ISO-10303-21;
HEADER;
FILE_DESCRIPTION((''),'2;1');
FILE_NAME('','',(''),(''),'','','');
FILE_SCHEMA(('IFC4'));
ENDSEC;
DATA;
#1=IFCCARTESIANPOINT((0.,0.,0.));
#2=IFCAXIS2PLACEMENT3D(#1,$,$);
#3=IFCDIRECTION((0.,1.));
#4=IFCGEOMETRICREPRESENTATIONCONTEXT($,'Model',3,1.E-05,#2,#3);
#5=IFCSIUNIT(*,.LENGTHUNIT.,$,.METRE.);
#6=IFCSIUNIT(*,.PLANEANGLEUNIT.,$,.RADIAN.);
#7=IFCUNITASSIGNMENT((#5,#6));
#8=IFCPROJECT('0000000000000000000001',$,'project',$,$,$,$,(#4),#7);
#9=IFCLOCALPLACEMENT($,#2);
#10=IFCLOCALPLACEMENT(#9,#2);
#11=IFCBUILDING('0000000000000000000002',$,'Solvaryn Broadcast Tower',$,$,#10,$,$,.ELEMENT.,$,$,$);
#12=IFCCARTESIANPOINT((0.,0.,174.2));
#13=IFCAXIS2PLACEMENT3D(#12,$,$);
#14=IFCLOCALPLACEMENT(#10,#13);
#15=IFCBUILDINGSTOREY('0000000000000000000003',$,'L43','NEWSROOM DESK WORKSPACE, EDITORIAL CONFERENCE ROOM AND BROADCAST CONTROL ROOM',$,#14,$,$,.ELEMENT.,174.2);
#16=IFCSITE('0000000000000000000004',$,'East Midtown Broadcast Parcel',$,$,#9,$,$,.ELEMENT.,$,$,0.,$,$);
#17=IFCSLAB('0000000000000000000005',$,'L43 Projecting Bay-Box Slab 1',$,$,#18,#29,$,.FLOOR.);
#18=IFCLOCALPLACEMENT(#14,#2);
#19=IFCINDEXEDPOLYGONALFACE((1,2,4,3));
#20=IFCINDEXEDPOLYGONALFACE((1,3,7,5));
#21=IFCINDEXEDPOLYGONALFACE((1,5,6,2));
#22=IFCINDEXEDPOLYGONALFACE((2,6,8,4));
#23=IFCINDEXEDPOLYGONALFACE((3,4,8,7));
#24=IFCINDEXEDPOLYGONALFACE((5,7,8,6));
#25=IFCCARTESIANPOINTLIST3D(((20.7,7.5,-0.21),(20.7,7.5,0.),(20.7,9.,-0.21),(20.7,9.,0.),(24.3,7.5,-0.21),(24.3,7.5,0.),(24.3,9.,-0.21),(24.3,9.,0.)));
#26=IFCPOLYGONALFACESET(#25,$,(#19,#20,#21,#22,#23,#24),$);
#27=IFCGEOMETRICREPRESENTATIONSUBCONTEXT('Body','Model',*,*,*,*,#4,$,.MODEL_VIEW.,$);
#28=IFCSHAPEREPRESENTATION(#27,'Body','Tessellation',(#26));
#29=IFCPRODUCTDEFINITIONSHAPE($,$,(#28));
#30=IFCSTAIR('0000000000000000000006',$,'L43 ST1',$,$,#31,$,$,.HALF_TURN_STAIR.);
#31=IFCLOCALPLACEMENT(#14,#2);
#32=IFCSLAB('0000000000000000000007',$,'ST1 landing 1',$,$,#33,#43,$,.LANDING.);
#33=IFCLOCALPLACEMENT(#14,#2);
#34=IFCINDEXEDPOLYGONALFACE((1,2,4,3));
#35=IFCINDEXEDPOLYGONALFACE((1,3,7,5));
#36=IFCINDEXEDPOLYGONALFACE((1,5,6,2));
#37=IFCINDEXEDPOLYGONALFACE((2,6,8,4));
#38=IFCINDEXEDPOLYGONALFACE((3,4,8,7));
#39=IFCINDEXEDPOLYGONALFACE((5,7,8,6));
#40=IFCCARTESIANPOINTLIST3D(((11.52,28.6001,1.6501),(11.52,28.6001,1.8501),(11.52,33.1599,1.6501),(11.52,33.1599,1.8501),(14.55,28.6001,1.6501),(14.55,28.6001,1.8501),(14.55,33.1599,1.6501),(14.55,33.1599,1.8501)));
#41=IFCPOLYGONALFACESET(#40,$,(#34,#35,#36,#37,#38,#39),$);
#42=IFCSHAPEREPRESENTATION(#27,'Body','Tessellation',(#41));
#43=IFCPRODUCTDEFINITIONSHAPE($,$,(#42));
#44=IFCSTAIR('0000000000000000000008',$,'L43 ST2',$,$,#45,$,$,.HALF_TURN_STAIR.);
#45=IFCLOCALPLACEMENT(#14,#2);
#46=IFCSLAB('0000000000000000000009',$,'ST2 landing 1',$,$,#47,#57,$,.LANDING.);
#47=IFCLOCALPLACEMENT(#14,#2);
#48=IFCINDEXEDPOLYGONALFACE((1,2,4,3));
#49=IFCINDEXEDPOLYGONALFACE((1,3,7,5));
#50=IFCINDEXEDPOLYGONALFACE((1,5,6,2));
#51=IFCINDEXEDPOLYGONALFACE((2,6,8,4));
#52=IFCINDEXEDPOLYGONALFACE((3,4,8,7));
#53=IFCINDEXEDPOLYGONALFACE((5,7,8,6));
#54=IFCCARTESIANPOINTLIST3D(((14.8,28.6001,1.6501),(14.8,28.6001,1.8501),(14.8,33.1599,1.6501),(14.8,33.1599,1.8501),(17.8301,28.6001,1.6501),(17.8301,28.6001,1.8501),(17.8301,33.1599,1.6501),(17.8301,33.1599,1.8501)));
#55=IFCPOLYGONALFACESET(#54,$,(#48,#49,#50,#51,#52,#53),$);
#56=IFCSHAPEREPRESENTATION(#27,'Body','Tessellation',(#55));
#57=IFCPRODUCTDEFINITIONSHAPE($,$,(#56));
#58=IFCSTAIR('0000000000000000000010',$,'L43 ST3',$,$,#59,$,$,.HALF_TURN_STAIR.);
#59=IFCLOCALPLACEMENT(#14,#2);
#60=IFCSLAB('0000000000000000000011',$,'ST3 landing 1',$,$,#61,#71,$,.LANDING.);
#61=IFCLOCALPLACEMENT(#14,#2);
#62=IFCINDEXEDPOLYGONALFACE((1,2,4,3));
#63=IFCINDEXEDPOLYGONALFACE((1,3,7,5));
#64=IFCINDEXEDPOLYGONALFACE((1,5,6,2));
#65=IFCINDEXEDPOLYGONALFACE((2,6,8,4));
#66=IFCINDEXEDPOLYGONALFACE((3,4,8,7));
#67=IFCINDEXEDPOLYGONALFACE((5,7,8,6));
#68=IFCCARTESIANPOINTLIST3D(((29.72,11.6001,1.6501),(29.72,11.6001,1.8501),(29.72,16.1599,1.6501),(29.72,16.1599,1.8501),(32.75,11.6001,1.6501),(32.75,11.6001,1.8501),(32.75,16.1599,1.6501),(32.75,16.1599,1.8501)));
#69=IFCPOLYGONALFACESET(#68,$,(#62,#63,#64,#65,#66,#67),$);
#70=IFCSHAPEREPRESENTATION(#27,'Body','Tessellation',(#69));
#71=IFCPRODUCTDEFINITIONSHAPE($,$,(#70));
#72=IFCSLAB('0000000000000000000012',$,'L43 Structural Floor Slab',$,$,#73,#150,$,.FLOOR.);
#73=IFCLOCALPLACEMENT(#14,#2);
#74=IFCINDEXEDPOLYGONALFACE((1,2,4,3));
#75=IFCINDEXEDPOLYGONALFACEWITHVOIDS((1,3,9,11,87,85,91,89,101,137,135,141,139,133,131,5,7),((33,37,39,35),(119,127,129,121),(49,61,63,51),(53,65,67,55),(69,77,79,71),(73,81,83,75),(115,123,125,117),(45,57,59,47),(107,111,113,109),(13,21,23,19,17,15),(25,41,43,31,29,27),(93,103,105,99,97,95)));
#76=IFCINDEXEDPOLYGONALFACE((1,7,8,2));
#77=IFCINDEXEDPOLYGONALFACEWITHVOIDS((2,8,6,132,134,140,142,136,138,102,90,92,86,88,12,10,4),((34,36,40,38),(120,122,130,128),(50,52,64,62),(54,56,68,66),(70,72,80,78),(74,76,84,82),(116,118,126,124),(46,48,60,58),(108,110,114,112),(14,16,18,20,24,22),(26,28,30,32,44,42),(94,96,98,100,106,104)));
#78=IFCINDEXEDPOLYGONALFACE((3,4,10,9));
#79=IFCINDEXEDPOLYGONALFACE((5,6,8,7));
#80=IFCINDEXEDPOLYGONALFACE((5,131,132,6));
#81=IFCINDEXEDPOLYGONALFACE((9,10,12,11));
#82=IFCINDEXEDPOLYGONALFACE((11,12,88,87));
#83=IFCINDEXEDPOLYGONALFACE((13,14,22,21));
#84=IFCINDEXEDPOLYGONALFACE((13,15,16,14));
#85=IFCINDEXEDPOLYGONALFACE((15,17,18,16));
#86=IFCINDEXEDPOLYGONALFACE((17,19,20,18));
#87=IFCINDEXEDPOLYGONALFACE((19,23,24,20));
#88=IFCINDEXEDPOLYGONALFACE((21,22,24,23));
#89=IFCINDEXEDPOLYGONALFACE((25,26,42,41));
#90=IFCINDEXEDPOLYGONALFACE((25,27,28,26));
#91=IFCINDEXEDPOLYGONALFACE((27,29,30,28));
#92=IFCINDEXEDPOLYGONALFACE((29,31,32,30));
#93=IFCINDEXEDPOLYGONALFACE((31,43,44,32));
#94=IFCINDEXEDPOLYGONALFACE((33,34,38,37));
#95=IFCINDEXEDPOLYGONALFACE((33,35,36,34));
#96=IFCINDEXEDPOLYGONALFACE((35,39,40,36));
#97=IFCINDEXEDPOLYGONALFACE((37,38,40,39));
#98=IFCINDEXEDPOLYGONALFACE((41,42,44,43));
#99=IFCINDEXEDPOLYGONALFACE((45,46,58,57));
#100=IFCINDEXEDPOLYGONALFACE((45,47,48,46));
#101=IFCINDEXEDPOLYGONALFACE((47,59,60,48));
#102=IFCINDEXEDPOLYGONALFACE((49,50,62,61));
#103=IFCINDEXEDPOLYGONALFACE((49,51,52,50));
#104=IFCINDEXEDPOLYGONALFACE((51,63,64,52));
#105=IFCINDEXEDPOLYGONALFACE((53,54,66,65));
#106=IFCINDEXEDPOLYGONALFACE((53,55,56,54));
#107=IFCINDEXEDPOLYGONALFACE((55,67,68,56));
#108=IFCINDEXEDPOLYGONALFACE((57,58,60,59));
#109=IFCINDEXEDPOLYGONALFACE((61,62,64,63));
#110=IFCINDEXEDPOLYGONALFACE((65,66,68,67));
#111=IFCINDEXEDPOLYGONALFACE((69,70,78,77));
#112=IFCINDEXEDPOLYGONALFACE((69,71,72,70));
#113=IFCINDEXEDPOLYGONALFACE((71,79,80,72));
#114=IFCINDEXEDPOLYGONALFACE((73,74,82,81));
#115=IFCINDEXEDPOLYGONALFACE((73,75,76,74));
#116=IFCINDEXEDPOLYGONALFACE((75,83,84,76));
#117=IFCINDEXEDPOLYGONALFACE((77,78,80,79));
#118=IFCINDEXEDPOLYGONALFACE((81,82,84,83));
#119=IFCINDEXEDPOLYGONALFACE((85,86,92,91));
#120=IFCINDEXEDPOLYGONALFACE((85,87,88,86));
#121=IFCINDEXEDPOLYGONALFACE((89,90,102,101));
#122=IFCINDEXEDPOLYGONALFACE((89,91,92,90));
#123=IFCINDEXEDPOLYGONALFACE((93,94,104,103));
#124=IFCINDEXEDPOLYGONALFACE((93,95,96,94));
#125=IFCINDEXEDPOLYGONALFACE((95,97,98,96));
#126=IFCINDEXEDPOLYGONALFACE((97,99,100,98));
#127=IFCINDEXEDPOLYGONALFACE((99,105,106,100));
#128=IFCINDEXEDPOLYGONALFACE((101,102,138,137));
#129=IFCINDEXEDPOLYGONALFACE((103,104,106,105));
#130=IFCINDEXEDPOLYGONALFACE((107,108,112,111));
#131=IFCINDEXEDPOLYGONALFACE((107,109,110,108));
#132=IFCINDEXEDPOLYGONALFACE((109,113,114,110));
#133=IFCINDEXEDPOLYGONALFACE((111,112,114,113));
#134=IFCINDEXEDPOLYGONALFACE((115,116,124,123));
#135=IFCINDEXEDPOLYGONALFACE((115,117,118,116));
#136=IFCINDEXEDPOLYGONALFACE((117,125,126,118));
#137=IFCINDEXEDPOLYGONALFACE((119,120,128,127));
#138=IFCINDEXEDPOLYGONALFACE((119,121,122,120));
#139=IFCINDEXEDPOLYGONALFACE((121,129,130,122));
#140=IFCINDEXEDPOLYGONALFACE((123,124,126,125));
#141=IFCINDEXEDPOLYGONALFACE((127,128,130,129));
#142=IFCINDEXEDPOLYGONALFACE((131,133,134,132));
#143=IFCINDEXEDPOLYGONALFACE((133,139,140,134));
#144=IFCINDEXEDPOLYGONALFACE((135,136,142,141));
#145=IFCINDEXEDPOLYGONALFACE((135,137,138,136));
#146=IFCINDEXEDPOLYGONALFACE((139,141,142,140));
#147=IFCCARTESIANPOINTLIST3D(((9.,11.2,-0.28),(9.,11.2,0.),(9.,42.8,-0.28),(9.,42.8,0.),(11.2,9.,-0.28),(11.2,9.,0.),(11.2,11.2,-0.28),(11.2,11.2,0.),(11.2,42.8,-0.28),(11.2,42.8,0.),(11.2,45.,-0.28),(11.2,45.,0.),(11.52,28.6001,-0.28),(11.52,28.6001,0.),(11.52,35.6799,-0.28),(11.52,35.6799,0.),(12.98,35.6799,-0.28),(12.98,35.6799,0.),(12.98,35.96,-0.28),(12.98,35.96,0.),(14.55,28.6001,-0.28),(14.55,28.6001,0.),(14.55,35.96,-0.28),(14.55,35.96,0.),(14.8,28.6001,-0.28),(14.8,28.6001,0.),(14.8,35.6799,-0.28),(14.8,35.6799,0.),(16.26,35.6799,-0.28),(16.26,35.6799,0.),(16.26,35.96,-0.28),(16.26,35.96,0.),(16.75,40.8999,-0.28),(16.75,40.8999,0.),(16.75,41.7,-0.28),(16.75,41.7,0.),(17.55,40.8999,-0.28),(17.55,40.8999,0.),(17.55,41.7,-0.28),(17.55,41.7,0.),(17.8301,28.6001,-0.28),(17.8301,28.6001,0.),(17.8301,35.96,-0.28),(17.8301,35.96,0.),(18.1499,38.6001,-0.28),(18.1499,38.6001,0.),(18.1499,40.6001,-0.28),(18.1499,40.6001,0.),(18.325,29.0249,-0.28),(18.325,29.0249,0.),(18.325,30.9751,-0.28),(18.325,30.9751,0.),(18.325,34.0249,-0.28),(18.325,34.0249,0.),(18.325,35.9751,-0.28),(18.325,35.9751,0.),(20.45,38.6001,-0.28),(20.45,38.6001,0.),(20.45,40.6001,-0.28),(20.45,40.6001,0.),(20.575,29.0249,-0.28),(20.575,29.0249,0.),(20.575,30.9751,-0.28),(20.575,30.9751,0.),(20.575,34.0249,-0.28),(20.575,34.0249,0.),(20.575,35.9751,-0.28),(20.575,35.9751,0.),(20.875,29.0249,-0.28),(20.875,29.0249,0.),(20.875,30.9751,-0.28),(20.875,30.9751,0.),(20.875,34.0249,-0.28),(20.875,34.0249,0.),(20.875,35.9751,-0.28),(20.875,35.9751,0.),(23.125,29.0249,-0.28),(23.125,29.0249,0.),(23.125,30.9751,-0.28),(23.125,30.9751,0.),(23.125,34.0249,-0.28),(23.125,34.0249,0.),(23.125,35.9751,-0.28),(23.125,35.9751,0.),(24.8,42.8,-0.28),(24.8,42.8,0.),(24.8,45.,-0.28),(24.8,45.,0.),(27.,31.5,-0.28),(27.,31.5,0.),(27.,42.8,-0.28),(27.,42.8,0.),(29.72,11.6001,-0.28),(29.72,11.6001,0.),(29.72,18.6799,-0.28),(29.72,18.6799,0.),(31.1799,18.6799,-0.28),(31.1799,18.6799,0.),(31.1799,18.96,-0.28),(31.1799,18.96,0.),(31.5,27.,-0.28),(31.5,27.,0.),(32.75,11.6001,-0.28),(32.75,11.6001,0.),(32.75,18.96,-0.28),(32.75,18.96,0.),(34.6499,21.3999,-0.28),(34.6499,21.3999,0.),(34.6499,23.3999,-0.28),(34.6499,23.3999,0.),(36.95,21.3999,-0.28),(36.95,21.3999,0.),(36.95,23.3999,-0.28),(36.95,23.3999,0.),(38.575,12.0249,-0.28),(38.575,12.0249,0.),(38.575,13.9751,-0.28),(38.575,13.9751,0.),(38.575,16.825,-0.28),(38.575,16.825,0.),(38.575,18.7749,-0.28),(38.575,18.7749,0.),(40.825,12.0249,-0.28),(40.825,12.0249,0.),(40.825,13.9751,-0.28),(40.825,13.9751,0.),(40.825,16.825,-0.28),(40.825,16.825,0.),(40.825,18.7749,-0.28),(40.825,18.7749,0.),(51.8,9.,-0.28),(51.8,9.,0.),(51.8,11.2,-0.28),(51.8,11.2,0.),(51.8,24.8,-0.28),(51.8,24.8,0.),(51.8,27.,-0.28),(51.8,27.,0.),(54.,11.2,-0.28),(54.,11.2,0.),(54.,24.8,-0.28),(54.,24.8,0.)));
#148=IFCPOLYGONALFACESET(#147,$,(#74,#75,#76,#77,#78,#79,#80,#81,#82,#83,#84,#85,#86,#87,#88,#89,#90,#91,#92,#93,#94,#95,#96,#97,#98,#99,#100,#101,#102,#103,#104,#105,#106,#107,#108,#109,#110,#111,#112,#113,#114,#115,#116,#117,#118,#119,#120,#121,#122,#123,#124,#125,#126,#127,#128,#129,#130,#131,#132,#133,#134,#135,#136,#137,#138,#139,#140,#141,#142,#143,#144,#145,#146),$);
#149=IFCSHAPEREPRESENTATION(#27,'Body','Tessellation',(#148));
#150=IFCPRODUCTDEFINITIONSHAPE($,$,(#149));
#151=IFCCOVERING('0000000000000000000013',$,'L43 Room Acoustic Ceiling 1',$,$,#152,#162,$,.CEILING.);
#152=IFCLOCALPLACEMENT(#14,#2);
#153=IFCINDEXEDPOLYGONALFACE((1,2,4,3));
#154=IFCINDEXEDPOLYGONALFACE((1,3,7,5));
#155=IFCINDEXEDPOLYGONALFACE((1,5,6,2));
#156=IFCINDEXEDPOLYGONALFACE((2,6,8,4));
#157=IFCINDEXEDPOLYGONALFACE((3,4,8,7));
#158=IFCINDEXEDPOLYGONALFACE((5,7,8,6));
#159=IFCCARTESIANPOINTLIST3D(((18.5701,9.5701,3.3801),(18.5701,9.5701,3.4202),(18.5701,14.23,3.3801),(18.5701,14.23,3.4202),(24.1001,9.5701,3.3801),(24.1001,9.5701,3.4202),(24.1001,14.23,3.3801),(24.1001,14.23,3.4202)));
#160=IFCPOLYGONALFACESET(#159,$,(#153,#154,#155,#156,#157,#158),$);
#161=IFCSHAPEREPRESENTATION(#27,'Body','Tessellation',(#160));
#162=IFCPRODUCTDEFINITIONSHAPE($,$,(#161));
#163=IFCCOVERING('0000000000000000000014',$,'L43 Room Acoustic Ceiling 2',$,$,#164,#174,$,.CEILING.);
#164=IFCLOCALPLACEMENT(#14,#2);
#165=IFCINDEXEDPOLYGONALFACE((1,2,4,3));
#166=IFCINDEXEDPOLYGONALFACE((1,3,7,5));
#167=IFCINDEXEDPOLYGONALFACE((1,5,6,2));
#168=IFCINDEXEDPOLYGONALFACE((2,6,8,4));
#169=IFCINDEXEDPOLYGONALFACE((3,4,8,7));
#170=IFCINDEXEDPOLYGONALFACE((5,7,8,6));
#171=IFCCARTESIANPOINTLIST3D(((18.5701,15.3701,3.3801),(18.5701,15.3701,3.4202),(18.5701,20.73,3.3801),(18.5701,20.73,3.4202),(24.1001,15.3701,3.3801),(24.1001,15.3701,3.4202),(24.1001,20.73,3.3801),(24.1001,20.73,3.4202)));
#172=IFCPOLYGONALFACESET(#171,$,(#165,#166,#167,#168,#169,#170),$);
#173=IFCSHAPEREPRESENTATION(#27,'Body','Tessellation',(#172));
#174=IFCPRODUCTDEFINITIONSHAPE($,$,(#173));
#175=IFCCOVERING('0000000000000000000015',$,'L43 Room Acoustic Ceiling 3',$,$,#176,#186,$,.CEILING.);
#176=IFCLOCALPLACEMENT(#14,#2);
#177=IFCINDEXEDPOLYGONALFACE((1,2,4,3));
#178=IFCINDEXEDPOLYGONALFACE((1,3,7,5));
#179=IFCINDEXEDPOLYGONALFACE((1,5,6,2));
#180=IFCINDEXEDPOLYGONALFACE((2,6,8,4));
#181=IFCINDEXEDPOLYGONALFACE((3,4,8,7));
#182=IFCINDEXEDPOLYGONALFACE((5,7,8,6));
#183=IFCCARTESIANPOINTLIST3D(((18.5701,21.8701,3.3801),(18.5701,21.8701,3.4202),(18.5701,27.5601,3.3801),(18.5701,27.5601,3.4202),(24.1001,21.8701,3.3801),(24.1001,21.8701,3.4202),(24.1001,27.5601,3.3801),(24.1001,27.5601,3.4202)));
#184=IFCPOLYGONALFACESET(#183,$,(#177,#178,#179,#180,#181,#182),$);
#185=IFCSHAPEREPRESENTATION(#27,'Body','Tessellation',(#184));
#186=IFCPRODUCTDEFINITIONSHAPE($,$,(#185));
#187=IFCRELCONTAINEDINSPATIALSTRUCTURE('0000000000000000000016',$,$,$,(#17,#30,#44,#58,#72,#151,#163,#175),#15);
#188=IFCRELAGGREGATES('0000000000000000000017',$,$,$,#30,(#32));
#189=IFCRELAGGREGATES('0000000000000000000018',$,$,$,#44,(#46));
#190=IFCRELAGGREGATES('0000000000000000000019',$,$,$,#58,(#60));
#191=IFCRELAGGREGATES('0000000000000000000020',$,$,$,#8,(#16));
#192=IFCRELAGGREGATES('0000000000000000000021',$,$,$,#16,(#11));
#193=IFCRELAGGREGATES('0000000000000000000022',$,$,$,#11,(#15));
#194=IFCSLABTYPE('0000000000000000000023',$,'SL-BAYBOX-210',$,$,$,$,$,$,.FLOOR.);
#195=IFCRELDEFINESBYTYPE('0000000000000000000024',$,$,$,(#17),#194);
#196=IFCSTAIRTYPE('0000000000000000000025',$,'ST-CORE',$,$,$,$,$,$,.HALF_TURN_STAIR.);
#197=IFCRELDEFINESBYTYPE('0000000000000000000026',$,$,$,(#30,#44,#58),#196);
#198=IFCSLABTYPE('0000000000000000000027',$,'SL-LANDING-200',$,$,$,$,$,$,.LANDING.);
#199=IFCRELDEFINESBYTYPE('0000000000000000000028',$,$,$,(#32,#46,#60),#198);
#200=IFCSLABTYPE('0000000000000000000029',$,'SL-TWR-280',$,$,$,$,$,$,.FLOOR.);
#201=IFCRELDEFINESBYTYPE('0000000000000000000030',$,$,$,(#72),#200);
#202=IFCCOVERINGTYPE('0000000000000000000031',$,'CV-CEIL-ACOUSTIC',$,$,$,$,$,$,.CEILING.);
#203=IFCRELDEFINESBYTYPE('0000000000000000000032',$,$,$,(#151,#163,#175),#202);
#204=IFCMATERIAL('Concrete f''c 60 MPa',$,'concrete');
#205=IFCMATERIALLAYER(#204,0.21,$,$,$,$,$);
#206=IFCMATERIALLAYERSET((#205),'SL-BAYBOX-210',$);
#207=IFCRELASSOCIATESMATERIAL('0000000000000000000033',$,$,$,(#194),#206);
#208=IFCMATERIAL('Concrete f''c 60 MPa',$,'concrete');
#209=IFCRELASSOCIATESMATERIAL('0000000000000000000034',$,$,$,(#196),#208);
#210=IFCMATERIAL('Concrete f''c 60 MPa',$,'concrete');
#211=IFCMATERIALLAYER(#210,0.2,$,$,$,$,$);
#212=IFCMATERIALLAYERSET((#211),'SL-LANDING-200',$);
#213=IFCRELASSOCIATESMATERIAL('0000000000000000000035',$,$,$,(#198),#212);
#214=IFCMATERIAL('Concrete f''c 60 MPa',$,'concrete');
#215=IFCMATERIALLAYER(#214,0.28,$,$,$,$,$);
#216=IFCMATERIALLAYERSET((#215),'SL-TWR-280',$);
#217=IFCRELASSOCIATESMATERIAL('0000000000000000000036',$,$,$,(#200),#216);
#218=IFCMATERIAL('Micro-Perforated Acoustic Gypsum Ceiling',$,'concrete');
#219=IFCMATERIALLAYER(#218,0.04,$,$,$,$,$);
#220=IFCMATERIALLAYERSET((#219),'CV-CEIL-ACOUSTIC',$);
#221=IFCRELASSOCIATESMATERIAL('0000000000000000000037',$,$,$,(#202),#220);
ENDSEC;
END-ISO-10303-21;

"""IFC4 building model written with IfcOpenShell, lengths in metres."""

from ifc_helpers import new_model, si_unit, direction, frame, origin, place, context, subcontext, project, spatial, polyline, outline, extrude, material, layer, layer_set, type_object, element, aggregate, save


model = new_model("IFC4")

# Units and contexts
model_context = context("Model", 3, precision=1e-05, world=origin(), true_north=direction((0.0, 1.0)))
body_context = subcontext(model_context, "Body", "Model", "MODEL_VIEW")
ifc_project = project(units=[si_unit("LENGTHUNIT", "METRE"), si_unit("PLANEANGLEUNIT", "RADIAN")], contexts=[model_context])

# Site, building, storey
site_placement = place(None, origin())
site = spatial("IfcSite", under=ifc_project, at=site_placement, Name="East Midtown Broadcast Parcel", CompositionType="ELEMENT", RefElevation=0.0)
building_placement = place(site_placement, origin())
building = spatial("IfcBuilding", under=site, at=building_placement, Name="Solvaryn Broadcast Tower", CompositionType="ELEMENT")
storey_placement = place(building_placement, frame((0.0, 0.0, 174.2)))
storey = spatial("IfcBuildingStorey", under=building, at=storey_placement, Name="L43", Description="NEWSROOM DESK WORKSPACE, EDITORIAL CONFERENCE ROOM AND BROADCAST CONTROL ROOM", CompositionType="ELEMENT", Elevation=174.2)

# Slab
ifc_material_1 = material(Name="Concrete f'c 60 MPa", Category="concrete")
ifc_layer_1 = layer(ifc_material_1, 0.21)
ifc_layer_set_1 = layer_set([ifc_layer_1], Name="SL-BAYBOX-210")
slab_type_1 = type_object("IfcSlabType", Name="SL-BAYBOX-210", PredefinedType="FLOOR", material=ifc_layer_set_1)
slab_1_placement = place(storey_placement, frame((0.0, 0.0, -0.21)))
element("IfcSlab", 1, at=slab_1_placement, inside=storey, type_object=slab_type_1, Name="L43 Projecting Bay-Box Slab 1", PredefinedType="FLOOR", context=body_context, shape_type="SweptSolid", body=[
    extrude(outline(polyline([(20.7, 7.5), (24.3, 7.5), (24.3, 9.0), (20.7, 9.0), (20.7, 7.5)])), origin(), (0.0, 0.0, 1.0), 0.21),
])

# Stairs, slabs
ifc_material_2 = material(Name="Concrete f'c 60 MPa", Category="concrete")
stair_type = type_object("IfcStairType", Name="ST-CORE", PredefinedType="HALF_TURN_STAIR", material=ifc_material_2)
stair_1_placement = place(storey_placement, origin())
stair_1 = element("IfcStair", 2, at=stair_1_placement, inside=storey, type_object=stair_type, Name="L43 ST1", PredefinedType="HALF_TURN_STAIR")
ifc_material_3 = material(Name="Concrete f'c 60 MPa", Category="concrete")
ifc_layer_2 = layer(ifc_material_3, 0.2)
ifc_layer_set_2 = layer_set([ifc_layer_2], Name="SL-LANDING-200")
slab_type_2 = type_object("IfcSlabType", Name="SL-LANDING-200", PredefinedType="LANDING", material=ifc_layer_set_2)
slab_2_placement = place(storey_placement, frame((0.0, 0.0, 1.6501)))
slab_2 = element("IfcSlab", 3, at=slab_2_placement, type_object=slab_type_2, Name="ST1 landing 1", PredefinedType="LANDING", context=body_context, shape_type="SweptSolid", body=[
    extrude(outline(polyline([(11.52, 33.1599), (11.52, 28.6001), (14.55, 28.6001), (14.55, 33.1599), (11.52, 33.1599)])), origin(), (0.0, 0.0, 1.0), 0.2),
])
aggregate(stair_1, [slab_2])
stair_2_placement = place(storey_placement, origin())
stair_2 = element("IfcStair", 4, at=stair_2_placement, inside=storey, type_object=stair_type, Name="L43 ST2", PredefinedType="HALF_TURN_STAIR")
slab_3_placement = place(storey_placement, frame((0.0, 0.0, 1.6501)))
slab_3 = element("IfcSlab", 5, at=slab_3_placement, type_object=slab_type_2, Name="ST2 landing 1", PredefinedType="LANDING", context=body_context, shape_type="SweptSolid", body=[
    extrude(outline(polyline([(14.8, 33.1599), (14.8, 28.6001), (17.8301, 28.6001), (17.8301, 33.1599), (14.8, 33.1599)])), origin(), (0.0, 0.0, 1.0), 0.2),
])
aggregate(stair_2, [slab_3])
stair_3_placement = place(storey_placement, origin())
stair_3 = element("IfcStair", 6, at=stair_3_placement, inside=storey, type_object=stair_type, Name="L43 ST3", PredefinedType="HALF_TURN_STAIR")
slab_4_placement = place(storey_placement, frame((0.0, 0.0, 1.6501)))
slab_4 = element("IfcSlab", 7, at=slab_4_placement, type_object=slab_type_2, Name="ST3 landing 1", PredefinedType="LANDING", context=body_context, shape_type="SweptSolid", body=[
    extrude(outline(polyline([(29.72, 16.1599), (29.72, 11.6001), (32.75, 11.6001), (32.75, 16.1599), (29.72, 16.1599)])), origin(), (0.0, 0.0, 1.0), 0.2),
])
aggregate(stair_3, [slab_4])

# Slab
ifc_material_4 = material(Name="Concrete f'c 60 MPa", Category="concrete")
ifc_layer_3 = layer(ifc_material_4, 0.28)
ifc_layer_set_3 = layer_set([ifc_layer_3], Name="SL-TWR-280")
slab_type_3 = type_object("IfcSlabType", Name="SL-TWR-280", PredefinedType="FLOOR", material=ifc_layer_set_3)
slab_5_placement = place(storey_placement, frame((0.0, 0.0, -0.28)))
element("IfcSlab", 8, at=slab_5_placement, inside=storey, type_object=slab_type_3, Name="L43 Structural Floor Slab", PredefinedType="FLOOR", context=body_context, shape_type="SweptSolid", body=[
    extrude(outline(polyline([(11.2, 9.0), (51.8, 9.0), (51.8, 11.2), (54.0, 11.2), (54.0, 24.8), (51.8, 24.8), (51.8, 27.0), (31.5, 27.0), (27.0, 31.5), (27.0, 42.8), (24.8, 42.8), (24.8, 45.0), (11.2, 45.0), (11.2, 42.8), (9.0, 42.8), (9.0, 11.2), (11.2, 11.2), (11.2, 9.0)]), holes=[polyline([(11.52, 28.6001), (14.55, 28.6001), (14.55, 35.96), (12.98, 35.96), (12.98, 35.6799), (11.52, 35.6799), (11.52, 28.6001)]), polyline([(14.8, 28.6001), (17.8301, 28.6001), (17.8301, 35.96), (16.26, 35.96), (16.26, 35.6799), (14.8, 35.6799), (14.8, 28.6001)]), polyline([(29.72, 11.6001), (32.75, 11.6001), (32.75, 18.96), (31.1799, 18.96), (31.1799, 18.6799), (29.72, 18.6799), (29.72, 11.6001)]), polyline([(18.1499, 38.6001), (20.45, 38.6001), (20.45, 40.6001), (18.1499, 40.6001), (18.1499, 38.6001)]), polyline([(18.325, 29.0249), (20.575, 29.0249), (20.575, 30.9751), (18.325, 30.9751), (18.325, 29.0249)]), polyline([(20.875, 29.0249), (23.125, 29.0249), (23.125, 30.9751), (20.875, 30.9751), (20.875, 29.0249)]), polyline([(18.325, 34.0249), (20.575, 34.0249), (20.575, 35.9751), (18.325, 35.9751), (18.325, 34.0249)]), polyline([(20.875, 34.0249), (23.125, 34.0249), (23.125, 35.9751), (20.875, 35.9751), (20.875, 34.0249)]), polyline([(34.6499, 21.3999), (36.95, 21.3999), (36.95, 23.3999), (34.6499, 23.3999), (34.6499, 21.3999)]), polyline([(38.575, 12.0249), (40.825, 12.0249), (40.825, 13.9751), (38.575, 13.9751), (38.575, 12.0249)]), polyline([(38.575, 16.825), (40.825, 16.825), (40.825, 18.7749), (38.575, 18.7749), (38.575, 16.825)]), polyline([(16.75, 40.8999), (17.55, 40.8999), (17.55, 41.7), (16.75, 41.7), (16.75, 40.8999)])]), origin(), (0.0, 0.0, 1.0), 0.28),
])

# Coverings
ifc_material_5 = material(Name="Micro-Perforated Acoustic Gypsum Ceiling", Category="concrete")
ifc_layer_4 = layer(ifc_material_5, 0.04)
ifc_layer_set_4 = layer_set([ifc_layer_4], Name="CV-CEIL-ACOUSTIC")
covering_type_1 = type_object("IfcCoveringType", Name="CV-CEIL-ACOUSTIC", PredefinedType="CEILING", material=ifc_layer_set_4)
covering_1_placement = place(storey_placement, frame((0.0, 0.0, 3.3801)))
element("IfcCovering", 9, at=covering_1_placement, inside=storey, type_object=covering_type_1, Name="L43 Room Acoustic Ceiling 1", PredefinedType="CEILING", context=body_context, shape_type="SweptSolid", body=[
    extrude(outline(polyline([(18.5701, 9.5701), (24.1001, 9.5701), (24.1001, 14.23), (18.5701, 14.23), (18.5701, 9.5701)])), origin(), (0.0, 0.0, 1.0), 0.04),
])
covering_2_placement = place(storey_placement, frame((0.0, 0.0, 3.3801)))
element("IfcCovering", 10, at=covering_2_placement, inside=storey, type_object=covering_type_1, Name="L43 Room Acoustic Ceiling 2", PredefinedType="CEILING", context=body_context, shape_type="SweptSolid", body=[
    extrude(outline(polyline([(18.5701, 15.3701), (24.1001, 15.3701), (24.1001, 20.73), (18.5701, 20.73), (18.5701, 15.3701)])), origin(), (0.0, 0.0, 1.0), 0.04),
])
covering_3_placement = place(storey_placement, frame((0.0, 0.0, 3.3801)))
element("IfcCovering", 11, at=covering_3_placement, inside=storey, type_object=covering_type_1, Name="L43 Room Acoustic Ceiling 3", PredefinedType="CEILING", context=body_context, shape_type="SweptSolid", body=[
    extrude(outline(polyline([(18.5701, 21.8701), (24.1001, 21.8701), (24.1001, 27.5601), (18.5701, 27.5601), (18.5701, 21.8701)])), origin(), (0.0, 0.0, 1.0), 0.04),
])

save(model, "model.ifc")
